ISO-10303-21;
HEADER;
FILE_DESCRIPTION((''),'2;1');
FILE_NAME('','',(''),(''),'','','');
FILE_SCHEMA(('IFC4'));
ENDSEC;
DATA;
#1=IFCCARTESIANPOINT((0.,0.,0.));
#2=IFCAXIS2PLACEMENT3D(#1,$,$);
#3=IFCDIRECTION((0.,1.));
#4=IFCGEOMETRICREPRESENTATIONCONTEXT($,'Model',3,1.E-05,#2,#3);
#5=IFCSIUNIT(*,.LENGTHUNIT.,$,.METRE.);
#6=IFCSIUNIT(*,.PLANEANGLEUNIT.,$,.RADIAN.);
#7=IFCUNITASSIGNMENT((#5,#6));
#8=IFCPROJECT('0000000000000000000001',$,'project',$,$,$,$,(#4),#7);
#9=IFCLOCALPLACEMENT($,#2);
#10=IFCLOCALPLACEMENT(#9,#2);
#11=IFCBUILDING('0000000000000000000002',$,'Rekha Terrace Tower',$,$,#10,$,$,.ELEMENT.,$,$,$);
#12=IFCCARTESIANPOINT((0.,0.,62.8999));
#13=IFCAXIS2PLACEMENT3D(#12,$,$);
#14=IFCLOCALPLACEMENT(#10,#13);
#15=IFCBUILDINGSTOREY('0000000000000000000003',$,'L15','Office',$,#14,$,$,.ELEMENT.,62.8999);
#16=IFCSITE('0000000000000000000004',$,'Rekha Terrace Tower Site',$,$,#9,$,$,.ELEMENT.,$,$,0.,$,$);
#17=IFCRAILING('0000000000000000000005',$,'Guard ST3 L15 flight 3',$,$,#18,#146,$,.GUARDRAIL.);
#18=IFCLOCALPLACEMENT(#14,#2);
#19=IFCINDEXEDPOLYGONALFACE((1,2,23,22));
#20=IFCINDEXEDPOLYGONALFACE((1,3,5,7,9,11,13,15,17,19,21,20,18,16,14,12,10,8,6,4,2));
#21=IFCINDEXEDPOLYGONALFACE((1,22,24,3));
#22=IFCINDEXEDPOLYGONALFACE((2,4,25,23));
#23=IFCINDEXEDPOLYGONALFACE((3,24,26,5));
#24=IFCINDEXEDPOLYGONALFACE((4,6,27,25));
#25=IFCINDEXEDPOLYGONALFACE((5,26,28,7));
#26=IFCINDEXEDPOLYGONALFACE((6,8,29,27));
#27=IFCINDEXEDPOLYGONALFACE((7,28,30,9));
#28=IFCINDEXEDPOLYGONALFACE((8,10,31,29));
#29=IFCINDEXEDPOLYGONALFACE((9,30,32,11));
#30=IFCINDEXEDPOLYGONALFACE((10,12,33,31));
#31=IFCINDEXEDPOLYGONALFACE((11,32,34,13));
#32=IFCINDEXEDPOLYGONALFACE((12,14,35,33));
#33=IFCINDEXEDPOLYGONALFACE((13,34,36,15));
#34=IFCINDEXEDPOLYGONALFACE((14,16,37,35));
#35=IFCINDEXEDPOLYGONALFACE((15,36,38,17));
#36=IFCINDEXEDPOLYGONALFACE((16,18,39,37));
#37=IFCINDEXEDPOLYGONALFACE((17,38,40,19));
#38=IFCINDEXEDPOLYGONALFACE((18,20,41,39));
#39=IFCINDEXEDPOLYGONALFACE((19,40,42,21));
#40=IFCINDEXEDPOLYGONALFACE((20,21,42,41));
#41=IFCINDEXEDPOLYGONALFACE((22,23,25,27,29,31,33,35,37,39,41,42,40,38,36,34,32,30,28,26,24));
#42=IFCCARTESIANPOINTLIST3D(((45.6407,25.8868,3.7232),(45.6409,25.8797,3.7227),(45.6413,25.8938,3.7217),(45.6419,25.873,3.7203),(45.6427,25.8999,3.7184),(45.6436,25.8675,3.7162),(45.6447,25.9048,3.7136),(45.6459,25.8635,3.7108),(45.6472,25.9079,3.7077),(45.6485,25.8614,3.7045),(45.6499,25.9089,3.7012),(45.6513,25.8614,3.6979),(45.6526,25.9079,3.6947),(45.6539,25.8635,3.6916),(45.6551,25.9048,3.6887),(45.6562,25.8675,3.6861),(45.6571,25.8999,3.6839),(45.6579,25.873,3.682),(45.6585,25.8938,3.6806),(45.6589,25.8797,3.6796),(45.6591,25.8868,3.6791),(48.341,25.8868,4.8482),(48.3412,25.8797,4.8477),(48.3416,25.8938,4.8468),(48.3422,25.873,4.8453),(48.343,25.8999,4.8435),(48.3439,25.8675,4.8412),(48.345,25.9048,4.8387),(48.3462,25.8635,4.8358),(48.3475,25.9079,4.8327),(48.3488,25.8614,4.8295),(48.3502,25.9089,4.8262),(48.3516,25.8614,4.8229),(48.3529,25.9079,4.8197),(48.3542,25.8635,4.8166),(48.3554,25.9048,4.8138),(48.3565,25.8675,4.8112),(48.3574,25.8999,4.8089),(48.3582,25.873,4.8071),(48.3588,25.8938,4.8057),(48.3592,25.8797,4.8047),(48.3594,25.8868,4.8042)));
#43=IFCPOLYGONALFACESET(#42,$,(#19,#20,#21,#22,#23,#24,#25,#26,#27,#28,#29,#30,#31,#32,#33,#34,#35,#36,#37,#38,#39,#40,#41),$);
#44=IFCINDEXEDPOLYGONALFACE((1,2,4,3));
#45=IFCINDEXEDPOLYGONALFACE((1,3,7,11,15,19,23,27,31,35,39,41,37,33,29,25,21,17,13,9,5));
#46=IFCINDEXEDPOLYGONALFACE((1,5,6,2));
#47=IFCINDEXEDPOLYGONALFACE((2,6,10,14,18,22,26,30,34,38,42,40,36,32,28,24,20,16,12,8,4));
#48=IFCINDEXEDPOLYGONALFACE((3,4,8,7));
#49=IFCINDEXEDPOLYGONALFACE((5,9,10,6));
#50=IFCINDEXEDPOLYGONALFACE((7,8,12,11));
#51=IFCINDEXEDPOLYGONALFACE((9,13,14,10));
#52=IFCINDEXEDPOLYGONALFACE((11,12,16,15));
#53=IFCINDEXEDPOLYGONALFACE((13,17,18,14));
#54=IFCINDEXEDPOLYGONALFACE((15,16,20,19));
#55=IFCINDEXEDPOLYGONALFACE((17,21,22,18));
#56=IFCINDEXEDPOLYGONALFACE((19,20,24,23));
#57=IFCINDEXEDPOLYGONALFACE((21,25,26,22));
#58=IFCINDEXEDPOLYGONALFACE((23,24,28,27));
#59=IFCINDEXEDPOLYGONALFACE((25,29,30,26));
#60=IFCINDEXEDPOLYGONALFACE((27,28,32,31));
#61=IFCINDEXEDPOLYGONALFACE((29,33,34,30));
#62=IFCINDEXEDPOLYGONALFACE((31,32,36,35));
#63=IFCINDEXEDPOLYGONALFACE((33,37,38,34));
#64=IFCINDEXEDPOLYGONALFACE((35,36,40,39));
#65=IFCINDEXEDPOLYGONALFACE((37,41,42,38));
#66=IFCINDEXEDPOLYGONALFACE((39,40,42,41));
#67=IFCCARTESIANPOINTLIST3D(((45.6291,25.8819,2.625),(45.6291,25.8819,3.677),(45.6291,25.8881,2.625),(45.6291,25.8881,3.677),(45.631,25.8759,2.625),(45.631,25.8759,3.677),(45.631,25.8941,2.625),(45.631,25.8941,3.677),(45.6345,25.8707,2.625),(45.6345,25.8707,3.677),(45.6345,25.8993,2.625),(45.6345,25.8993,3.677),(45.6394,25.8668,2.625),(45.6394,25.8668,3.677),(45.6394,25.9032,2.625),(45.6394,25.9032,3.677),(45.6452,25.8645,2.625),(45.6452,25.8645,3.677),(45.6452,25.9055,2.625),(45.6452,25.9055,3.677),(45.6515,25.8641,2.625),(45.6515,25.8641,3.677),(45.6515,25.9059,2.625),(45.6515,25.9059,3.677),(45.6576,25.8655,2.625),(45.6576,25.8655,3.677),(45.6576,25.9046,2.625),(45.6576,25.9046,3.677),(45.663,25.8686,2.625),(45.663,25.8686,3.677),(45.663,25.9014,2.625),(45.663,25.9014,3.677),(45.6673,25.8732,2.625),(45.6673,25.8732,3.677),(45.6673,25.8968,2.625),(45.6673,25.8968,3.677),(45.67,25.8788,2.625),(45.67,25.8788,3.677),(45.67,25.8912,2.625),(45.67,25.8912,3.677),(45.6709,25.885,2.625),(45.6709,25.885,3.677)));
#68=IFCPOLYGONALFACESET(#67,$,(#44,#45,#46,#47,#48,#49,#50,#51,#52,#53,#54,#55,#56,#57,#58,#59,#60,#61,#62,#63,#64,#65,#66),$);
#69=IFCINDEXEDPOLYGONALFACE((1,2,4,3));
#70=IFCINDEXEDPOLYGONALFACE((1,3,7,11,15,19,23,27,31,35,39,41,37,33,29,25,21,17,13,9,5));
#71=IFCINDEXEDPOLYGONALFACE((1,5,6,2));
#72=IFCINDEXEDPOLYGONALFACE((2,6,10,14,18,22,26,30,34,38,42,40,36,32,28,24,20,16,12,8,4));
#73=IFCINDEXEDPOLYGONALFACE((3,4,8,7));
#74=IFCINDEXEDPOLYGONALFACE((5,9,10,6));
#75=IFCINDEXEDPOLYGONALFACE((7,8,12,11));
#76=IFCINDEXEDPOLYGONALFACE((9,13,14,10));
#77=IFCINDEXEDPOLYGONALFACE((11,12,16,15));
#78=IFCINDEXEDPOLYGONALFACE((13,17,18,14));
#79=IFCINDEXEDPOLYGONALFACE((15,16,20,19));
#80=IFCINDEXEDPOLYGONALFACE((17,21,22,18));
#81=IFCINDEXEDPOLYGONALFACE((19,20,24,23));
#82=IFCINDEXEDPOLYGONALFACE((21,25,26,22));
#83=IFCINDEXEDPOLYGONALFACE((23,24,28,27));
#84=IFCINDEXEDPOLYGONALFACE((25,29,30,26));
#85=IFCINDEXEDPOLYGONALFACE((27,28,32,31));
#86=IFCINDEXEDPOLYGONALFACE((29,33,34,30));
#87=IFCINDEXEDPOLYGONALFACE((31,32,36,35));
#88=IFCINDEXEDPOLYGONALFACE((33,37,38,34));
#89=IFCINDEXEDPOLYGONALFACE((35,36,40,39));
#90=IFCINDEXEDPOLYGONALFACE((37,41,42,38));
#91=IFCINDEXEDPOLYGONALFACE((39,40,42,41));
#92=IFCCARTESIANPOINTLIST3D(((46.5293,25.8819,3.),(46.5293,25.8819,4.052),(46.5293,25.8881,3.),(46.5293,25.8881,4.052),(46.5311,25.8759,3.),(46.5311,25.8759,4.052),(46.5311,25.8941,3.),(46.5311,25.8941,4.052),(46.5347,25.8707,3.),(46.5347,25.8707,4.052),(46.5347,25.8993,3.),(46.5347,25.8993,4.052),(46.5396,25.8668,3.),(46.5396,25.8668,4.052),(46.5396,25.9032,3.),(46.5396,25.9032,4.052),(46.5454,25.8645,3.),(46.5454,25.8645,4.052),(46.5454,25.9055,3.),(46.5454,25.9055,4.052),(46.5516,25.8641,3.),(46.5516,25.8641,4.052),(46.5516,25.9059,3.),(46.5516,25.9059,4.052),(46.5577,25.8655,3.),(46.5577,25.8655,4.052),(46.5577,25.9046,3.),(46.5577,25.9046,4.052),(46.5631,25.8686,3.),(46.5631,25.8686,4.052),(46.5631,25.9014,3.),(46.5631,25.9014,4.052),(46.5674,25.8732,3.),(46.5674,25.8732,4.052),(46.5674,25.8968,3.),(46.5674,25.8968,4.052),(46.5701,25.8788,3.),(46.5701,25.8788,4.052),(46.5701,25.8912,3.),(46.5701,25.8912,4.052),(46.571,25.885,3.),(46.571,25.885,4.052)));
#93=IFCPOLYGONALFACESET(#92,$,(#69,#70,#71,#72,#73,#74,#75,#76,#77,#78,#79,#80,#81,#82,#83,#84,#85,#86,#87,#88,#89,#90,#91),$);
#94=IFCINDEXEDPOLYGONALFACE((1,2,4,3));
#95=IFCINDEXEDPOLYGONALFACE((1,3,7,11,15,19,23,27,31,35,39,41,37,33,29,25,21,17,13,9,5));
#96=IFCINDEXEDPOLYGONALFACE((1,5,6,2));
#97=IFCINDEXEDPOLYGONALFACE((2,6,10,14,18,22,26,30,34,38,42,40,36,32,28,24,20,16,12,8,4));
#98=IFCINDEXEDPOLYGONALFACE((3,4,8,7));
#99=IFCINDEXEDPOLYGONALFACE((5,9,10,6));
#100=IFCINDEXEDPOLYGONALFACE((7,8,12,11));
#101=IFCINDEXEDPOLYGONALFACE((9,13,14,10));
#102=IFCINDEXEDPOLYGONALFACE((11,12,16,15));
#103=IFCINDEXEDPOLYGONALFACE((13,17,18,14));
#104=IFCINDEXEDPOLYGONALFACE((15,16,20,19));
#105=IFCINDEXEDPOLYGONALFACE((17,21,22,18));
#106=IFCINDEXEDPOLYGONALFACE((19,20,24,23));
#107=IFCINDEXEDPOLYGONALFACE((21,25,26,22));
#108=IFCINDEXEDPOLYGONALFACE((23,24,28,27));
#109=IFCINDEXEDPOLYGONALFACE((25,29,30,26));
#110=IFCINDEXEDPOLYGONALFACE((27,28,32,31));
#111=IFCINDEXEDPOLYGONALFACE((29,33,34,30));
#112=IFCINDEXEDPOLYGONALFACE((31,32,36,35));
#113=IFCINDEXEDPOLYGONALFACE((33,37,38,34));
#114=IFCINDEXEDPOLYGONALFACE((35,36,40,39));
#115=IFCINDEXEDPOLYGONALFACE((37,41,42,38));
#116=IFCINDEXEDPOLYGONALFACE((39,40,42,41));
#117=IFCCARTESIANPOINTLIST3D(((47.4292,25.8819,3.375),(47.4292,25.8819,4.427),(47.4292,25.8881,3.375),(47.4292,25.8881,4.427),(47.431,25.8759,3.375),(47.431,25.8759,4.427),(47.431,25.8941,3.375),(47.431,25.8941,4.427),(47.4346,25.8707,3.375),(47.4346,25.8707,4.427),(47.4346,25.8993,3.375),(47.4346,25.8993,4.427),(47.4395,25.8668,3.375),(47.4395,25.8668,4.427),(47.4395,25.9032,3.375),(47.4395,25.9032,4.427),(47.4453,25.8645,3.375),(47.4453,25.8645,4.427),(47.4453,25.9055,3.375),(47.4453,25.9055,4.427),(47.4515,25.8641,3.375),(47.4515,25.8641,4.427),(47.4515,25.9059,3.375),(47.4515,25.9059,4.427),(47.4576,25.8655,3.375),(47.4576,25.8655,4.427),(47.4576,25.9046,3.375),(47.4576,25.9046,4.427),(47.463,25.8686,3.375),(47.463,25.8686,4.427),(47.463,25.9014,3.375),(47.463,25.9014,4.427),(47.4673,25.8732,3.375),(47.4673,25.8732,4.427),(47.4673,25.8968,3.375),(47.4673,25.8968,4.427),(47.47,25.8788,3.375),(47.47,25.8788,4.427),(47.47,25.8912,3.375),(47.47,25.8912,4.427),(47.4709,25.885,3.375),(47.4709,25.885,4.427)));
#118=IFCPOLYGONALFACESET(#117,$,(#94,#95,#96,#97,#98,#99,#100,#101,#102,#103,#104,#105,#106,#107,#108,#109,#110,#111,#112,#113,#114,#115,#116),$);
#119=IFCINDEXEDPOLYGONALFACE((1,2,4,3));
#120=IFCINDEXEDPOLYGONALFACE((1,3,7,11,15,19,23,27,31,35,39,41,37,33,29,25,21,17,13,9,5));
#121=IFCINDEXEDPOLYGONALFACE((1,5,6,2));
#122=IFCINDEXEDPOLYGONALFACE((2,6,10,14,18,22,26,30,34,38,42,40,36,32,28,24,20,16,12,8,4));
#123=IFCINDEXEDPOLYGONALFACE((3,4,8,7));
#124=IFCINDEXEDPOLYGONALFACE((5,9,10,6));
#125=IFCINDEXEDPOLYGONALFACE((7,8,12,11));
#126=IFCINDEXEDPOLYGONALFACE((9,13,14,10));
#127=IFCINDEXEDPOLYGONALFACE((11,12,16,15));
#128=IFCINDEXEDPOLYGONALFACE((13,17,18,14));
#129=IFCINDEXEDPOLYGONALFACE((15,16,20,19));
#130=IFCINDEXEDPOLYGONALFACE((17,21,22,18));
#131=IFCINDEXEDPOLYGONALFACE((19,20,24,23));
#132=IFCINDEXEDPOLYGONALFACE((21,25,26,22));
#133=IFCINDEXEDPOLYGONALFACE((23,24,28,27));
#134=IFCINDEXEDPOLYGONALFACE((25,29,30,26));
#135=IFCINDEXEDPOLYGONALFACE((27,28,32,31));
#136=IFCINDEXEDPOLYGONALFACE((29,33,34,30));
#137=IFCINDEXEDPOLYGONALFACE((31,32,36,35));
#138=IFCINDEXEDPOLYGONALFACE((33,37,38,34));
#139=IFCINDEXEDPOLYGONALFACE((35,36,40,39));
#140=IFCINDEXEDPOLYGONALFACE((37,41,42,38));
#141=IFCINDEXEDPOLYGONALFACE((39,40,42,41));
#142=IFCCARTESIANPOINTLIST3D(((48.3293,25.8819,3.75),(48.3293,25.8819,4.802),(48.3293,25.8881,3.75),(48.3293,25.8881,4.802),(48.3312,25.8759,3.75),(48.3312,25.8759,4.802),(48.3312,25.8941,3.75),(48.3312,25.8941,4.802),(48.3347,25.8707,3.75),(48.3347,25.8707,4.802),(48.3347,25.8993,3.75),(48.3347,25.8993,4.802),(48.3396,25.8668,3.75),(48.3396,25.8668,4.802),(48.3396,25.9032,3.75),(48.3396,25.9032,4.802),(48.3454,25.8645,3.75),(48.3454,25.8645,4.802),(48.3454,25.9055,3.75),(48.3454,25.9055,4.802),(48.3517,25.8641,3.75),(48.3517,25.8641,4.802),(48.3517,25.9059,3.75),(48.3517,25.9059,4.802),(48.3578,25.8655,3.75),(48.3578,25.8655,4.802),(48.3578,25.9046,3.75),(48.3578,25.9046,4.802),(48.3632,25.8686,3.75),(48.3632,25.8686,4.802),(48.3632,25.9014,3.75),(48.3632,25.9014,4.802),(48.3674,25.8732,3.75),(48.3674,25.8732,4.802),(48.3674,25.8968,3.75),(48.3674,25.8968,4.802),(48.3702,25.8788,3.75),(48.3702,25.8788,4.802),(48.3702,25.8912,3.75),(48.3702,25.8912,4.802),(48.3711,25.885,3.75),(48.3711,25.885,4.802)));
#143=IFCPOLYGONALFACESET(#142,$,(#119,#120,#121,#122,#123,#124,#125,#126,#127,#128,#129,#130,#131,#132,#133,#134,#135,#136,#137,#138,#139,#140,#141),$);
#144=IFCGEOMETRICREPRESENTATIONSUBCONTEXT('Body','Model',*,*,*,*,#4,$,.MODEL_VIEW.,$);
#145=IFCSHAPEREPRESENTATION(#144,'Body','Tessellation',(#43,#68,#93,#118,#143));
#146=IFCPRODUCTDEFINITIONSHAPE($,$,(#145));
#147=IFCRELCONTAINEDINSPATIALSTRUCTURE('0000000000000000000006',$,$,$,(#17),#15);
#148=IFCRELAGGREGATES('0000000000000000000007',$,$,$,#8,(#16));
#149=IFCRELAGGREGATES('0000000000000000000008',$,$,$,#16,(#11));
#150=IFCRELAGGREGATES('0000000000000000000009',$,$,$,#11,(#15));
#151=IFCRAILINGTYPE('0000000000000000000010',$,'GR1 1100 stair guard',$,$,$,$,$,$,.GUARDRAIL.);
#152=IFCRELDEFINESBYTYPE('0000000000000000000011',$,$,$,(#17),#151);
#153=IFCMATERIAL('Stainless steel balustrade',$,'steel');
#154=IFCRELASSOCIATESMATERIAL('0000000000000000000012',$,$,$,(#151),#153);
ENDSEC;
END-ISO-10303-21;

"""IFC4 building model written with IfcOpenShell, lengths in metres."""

from ifc_helpers import new_model, si_unit, direction, frame, origin, origin_2d, place, context, subcontext, project, spatial, circle, extrude, material, type_object, element, save


model = new_model("IFC4")

# Units and contexts
model_context = context("Model", 3, precision=1e-05, world=origin(), true_north=direction((0.0, 1.0)))
body_context = subcontext(model_context, "Body", "Model", "MODEL_VIEW")
ifc_project = project(units=[si_unit("LENGTHUNIT", "METRE"), si_unit("PLANEANGLEUNIT", "RADIAN")], contexts=[model_context])

# Site, building, storey
site_placement = place(None, origin())
site = spatial("IfcSite", under=ifc_project, at=site_placement, Name="Rekha Terrace Tower Site", CompositionType="ELEMENT", RefElevation=0.0)
building_placement = place(site_placement, origin())
building = spatial("IfcBuilding", under=site, at=building_placement, Name="Rekha Terrace Tower", CompositionType="ELEMENT")
storey_placement = place(building_placement, frame((0.0, 0.0, 62.8999)))
storey = spatial("IfcBuildingStorey", under=building, at=storey_placement, Name="L15", Description="Office", CompositionType="ELEMENT", Elevation=62.8999)

# Railing
ifc_material_1 = material(Name="Stainless steel balustrade", Category="steel")
railing_type_1 = type_object("IfcRailingType", Name="GR1 1100 stair guard", PredefinedType="GUARDRAIL", material=ifc_material_1)
railing_1_placement = place(storey_placement, frame((45.6499, 25.885, 2.625)))
element("IfcRailing", 1, at=railing_1_placement, inside=storey, type_object=railing_type_1, Name="Guard ST3 L15 flight 3", PredefinedType="GUARDRAIL", context=body_context, shape_type="SweptSolid", body=[
    extrude(circle(Radius=0.0239, at=origin_2d()), frame((0.0, 0.0, 1.0762), z_axis=(0.923087, 0.0, 0.384592), x_axis=(0.0, 1.0, 0.0)), (0.0, 0.0, 1.0), 2.9253),
    extrude(circle(Radius=0.021, at=origin_2d()), origin(), (0.0, 0.0, 1.0), 1.052),
    extrude(circle(Radius=0.021, at=origin_2d()), frame((0.9001, 0.0, 0.375)), (0.0, 0.0, 1.0), 1.052),
    extrude(circle(Radius=0.021, at=origin_2d()), frame((1.8, 0.0, 0.75)), (0.0, 0.0, 1.0), 1.052),
    extrude(circle(Radius=0.021, at=origin_2d()), frame((2.7002, 0.0, 1.125)), (0.0, 0.0, 1.0), 1.052),
])

save(model, "model.ifc")
